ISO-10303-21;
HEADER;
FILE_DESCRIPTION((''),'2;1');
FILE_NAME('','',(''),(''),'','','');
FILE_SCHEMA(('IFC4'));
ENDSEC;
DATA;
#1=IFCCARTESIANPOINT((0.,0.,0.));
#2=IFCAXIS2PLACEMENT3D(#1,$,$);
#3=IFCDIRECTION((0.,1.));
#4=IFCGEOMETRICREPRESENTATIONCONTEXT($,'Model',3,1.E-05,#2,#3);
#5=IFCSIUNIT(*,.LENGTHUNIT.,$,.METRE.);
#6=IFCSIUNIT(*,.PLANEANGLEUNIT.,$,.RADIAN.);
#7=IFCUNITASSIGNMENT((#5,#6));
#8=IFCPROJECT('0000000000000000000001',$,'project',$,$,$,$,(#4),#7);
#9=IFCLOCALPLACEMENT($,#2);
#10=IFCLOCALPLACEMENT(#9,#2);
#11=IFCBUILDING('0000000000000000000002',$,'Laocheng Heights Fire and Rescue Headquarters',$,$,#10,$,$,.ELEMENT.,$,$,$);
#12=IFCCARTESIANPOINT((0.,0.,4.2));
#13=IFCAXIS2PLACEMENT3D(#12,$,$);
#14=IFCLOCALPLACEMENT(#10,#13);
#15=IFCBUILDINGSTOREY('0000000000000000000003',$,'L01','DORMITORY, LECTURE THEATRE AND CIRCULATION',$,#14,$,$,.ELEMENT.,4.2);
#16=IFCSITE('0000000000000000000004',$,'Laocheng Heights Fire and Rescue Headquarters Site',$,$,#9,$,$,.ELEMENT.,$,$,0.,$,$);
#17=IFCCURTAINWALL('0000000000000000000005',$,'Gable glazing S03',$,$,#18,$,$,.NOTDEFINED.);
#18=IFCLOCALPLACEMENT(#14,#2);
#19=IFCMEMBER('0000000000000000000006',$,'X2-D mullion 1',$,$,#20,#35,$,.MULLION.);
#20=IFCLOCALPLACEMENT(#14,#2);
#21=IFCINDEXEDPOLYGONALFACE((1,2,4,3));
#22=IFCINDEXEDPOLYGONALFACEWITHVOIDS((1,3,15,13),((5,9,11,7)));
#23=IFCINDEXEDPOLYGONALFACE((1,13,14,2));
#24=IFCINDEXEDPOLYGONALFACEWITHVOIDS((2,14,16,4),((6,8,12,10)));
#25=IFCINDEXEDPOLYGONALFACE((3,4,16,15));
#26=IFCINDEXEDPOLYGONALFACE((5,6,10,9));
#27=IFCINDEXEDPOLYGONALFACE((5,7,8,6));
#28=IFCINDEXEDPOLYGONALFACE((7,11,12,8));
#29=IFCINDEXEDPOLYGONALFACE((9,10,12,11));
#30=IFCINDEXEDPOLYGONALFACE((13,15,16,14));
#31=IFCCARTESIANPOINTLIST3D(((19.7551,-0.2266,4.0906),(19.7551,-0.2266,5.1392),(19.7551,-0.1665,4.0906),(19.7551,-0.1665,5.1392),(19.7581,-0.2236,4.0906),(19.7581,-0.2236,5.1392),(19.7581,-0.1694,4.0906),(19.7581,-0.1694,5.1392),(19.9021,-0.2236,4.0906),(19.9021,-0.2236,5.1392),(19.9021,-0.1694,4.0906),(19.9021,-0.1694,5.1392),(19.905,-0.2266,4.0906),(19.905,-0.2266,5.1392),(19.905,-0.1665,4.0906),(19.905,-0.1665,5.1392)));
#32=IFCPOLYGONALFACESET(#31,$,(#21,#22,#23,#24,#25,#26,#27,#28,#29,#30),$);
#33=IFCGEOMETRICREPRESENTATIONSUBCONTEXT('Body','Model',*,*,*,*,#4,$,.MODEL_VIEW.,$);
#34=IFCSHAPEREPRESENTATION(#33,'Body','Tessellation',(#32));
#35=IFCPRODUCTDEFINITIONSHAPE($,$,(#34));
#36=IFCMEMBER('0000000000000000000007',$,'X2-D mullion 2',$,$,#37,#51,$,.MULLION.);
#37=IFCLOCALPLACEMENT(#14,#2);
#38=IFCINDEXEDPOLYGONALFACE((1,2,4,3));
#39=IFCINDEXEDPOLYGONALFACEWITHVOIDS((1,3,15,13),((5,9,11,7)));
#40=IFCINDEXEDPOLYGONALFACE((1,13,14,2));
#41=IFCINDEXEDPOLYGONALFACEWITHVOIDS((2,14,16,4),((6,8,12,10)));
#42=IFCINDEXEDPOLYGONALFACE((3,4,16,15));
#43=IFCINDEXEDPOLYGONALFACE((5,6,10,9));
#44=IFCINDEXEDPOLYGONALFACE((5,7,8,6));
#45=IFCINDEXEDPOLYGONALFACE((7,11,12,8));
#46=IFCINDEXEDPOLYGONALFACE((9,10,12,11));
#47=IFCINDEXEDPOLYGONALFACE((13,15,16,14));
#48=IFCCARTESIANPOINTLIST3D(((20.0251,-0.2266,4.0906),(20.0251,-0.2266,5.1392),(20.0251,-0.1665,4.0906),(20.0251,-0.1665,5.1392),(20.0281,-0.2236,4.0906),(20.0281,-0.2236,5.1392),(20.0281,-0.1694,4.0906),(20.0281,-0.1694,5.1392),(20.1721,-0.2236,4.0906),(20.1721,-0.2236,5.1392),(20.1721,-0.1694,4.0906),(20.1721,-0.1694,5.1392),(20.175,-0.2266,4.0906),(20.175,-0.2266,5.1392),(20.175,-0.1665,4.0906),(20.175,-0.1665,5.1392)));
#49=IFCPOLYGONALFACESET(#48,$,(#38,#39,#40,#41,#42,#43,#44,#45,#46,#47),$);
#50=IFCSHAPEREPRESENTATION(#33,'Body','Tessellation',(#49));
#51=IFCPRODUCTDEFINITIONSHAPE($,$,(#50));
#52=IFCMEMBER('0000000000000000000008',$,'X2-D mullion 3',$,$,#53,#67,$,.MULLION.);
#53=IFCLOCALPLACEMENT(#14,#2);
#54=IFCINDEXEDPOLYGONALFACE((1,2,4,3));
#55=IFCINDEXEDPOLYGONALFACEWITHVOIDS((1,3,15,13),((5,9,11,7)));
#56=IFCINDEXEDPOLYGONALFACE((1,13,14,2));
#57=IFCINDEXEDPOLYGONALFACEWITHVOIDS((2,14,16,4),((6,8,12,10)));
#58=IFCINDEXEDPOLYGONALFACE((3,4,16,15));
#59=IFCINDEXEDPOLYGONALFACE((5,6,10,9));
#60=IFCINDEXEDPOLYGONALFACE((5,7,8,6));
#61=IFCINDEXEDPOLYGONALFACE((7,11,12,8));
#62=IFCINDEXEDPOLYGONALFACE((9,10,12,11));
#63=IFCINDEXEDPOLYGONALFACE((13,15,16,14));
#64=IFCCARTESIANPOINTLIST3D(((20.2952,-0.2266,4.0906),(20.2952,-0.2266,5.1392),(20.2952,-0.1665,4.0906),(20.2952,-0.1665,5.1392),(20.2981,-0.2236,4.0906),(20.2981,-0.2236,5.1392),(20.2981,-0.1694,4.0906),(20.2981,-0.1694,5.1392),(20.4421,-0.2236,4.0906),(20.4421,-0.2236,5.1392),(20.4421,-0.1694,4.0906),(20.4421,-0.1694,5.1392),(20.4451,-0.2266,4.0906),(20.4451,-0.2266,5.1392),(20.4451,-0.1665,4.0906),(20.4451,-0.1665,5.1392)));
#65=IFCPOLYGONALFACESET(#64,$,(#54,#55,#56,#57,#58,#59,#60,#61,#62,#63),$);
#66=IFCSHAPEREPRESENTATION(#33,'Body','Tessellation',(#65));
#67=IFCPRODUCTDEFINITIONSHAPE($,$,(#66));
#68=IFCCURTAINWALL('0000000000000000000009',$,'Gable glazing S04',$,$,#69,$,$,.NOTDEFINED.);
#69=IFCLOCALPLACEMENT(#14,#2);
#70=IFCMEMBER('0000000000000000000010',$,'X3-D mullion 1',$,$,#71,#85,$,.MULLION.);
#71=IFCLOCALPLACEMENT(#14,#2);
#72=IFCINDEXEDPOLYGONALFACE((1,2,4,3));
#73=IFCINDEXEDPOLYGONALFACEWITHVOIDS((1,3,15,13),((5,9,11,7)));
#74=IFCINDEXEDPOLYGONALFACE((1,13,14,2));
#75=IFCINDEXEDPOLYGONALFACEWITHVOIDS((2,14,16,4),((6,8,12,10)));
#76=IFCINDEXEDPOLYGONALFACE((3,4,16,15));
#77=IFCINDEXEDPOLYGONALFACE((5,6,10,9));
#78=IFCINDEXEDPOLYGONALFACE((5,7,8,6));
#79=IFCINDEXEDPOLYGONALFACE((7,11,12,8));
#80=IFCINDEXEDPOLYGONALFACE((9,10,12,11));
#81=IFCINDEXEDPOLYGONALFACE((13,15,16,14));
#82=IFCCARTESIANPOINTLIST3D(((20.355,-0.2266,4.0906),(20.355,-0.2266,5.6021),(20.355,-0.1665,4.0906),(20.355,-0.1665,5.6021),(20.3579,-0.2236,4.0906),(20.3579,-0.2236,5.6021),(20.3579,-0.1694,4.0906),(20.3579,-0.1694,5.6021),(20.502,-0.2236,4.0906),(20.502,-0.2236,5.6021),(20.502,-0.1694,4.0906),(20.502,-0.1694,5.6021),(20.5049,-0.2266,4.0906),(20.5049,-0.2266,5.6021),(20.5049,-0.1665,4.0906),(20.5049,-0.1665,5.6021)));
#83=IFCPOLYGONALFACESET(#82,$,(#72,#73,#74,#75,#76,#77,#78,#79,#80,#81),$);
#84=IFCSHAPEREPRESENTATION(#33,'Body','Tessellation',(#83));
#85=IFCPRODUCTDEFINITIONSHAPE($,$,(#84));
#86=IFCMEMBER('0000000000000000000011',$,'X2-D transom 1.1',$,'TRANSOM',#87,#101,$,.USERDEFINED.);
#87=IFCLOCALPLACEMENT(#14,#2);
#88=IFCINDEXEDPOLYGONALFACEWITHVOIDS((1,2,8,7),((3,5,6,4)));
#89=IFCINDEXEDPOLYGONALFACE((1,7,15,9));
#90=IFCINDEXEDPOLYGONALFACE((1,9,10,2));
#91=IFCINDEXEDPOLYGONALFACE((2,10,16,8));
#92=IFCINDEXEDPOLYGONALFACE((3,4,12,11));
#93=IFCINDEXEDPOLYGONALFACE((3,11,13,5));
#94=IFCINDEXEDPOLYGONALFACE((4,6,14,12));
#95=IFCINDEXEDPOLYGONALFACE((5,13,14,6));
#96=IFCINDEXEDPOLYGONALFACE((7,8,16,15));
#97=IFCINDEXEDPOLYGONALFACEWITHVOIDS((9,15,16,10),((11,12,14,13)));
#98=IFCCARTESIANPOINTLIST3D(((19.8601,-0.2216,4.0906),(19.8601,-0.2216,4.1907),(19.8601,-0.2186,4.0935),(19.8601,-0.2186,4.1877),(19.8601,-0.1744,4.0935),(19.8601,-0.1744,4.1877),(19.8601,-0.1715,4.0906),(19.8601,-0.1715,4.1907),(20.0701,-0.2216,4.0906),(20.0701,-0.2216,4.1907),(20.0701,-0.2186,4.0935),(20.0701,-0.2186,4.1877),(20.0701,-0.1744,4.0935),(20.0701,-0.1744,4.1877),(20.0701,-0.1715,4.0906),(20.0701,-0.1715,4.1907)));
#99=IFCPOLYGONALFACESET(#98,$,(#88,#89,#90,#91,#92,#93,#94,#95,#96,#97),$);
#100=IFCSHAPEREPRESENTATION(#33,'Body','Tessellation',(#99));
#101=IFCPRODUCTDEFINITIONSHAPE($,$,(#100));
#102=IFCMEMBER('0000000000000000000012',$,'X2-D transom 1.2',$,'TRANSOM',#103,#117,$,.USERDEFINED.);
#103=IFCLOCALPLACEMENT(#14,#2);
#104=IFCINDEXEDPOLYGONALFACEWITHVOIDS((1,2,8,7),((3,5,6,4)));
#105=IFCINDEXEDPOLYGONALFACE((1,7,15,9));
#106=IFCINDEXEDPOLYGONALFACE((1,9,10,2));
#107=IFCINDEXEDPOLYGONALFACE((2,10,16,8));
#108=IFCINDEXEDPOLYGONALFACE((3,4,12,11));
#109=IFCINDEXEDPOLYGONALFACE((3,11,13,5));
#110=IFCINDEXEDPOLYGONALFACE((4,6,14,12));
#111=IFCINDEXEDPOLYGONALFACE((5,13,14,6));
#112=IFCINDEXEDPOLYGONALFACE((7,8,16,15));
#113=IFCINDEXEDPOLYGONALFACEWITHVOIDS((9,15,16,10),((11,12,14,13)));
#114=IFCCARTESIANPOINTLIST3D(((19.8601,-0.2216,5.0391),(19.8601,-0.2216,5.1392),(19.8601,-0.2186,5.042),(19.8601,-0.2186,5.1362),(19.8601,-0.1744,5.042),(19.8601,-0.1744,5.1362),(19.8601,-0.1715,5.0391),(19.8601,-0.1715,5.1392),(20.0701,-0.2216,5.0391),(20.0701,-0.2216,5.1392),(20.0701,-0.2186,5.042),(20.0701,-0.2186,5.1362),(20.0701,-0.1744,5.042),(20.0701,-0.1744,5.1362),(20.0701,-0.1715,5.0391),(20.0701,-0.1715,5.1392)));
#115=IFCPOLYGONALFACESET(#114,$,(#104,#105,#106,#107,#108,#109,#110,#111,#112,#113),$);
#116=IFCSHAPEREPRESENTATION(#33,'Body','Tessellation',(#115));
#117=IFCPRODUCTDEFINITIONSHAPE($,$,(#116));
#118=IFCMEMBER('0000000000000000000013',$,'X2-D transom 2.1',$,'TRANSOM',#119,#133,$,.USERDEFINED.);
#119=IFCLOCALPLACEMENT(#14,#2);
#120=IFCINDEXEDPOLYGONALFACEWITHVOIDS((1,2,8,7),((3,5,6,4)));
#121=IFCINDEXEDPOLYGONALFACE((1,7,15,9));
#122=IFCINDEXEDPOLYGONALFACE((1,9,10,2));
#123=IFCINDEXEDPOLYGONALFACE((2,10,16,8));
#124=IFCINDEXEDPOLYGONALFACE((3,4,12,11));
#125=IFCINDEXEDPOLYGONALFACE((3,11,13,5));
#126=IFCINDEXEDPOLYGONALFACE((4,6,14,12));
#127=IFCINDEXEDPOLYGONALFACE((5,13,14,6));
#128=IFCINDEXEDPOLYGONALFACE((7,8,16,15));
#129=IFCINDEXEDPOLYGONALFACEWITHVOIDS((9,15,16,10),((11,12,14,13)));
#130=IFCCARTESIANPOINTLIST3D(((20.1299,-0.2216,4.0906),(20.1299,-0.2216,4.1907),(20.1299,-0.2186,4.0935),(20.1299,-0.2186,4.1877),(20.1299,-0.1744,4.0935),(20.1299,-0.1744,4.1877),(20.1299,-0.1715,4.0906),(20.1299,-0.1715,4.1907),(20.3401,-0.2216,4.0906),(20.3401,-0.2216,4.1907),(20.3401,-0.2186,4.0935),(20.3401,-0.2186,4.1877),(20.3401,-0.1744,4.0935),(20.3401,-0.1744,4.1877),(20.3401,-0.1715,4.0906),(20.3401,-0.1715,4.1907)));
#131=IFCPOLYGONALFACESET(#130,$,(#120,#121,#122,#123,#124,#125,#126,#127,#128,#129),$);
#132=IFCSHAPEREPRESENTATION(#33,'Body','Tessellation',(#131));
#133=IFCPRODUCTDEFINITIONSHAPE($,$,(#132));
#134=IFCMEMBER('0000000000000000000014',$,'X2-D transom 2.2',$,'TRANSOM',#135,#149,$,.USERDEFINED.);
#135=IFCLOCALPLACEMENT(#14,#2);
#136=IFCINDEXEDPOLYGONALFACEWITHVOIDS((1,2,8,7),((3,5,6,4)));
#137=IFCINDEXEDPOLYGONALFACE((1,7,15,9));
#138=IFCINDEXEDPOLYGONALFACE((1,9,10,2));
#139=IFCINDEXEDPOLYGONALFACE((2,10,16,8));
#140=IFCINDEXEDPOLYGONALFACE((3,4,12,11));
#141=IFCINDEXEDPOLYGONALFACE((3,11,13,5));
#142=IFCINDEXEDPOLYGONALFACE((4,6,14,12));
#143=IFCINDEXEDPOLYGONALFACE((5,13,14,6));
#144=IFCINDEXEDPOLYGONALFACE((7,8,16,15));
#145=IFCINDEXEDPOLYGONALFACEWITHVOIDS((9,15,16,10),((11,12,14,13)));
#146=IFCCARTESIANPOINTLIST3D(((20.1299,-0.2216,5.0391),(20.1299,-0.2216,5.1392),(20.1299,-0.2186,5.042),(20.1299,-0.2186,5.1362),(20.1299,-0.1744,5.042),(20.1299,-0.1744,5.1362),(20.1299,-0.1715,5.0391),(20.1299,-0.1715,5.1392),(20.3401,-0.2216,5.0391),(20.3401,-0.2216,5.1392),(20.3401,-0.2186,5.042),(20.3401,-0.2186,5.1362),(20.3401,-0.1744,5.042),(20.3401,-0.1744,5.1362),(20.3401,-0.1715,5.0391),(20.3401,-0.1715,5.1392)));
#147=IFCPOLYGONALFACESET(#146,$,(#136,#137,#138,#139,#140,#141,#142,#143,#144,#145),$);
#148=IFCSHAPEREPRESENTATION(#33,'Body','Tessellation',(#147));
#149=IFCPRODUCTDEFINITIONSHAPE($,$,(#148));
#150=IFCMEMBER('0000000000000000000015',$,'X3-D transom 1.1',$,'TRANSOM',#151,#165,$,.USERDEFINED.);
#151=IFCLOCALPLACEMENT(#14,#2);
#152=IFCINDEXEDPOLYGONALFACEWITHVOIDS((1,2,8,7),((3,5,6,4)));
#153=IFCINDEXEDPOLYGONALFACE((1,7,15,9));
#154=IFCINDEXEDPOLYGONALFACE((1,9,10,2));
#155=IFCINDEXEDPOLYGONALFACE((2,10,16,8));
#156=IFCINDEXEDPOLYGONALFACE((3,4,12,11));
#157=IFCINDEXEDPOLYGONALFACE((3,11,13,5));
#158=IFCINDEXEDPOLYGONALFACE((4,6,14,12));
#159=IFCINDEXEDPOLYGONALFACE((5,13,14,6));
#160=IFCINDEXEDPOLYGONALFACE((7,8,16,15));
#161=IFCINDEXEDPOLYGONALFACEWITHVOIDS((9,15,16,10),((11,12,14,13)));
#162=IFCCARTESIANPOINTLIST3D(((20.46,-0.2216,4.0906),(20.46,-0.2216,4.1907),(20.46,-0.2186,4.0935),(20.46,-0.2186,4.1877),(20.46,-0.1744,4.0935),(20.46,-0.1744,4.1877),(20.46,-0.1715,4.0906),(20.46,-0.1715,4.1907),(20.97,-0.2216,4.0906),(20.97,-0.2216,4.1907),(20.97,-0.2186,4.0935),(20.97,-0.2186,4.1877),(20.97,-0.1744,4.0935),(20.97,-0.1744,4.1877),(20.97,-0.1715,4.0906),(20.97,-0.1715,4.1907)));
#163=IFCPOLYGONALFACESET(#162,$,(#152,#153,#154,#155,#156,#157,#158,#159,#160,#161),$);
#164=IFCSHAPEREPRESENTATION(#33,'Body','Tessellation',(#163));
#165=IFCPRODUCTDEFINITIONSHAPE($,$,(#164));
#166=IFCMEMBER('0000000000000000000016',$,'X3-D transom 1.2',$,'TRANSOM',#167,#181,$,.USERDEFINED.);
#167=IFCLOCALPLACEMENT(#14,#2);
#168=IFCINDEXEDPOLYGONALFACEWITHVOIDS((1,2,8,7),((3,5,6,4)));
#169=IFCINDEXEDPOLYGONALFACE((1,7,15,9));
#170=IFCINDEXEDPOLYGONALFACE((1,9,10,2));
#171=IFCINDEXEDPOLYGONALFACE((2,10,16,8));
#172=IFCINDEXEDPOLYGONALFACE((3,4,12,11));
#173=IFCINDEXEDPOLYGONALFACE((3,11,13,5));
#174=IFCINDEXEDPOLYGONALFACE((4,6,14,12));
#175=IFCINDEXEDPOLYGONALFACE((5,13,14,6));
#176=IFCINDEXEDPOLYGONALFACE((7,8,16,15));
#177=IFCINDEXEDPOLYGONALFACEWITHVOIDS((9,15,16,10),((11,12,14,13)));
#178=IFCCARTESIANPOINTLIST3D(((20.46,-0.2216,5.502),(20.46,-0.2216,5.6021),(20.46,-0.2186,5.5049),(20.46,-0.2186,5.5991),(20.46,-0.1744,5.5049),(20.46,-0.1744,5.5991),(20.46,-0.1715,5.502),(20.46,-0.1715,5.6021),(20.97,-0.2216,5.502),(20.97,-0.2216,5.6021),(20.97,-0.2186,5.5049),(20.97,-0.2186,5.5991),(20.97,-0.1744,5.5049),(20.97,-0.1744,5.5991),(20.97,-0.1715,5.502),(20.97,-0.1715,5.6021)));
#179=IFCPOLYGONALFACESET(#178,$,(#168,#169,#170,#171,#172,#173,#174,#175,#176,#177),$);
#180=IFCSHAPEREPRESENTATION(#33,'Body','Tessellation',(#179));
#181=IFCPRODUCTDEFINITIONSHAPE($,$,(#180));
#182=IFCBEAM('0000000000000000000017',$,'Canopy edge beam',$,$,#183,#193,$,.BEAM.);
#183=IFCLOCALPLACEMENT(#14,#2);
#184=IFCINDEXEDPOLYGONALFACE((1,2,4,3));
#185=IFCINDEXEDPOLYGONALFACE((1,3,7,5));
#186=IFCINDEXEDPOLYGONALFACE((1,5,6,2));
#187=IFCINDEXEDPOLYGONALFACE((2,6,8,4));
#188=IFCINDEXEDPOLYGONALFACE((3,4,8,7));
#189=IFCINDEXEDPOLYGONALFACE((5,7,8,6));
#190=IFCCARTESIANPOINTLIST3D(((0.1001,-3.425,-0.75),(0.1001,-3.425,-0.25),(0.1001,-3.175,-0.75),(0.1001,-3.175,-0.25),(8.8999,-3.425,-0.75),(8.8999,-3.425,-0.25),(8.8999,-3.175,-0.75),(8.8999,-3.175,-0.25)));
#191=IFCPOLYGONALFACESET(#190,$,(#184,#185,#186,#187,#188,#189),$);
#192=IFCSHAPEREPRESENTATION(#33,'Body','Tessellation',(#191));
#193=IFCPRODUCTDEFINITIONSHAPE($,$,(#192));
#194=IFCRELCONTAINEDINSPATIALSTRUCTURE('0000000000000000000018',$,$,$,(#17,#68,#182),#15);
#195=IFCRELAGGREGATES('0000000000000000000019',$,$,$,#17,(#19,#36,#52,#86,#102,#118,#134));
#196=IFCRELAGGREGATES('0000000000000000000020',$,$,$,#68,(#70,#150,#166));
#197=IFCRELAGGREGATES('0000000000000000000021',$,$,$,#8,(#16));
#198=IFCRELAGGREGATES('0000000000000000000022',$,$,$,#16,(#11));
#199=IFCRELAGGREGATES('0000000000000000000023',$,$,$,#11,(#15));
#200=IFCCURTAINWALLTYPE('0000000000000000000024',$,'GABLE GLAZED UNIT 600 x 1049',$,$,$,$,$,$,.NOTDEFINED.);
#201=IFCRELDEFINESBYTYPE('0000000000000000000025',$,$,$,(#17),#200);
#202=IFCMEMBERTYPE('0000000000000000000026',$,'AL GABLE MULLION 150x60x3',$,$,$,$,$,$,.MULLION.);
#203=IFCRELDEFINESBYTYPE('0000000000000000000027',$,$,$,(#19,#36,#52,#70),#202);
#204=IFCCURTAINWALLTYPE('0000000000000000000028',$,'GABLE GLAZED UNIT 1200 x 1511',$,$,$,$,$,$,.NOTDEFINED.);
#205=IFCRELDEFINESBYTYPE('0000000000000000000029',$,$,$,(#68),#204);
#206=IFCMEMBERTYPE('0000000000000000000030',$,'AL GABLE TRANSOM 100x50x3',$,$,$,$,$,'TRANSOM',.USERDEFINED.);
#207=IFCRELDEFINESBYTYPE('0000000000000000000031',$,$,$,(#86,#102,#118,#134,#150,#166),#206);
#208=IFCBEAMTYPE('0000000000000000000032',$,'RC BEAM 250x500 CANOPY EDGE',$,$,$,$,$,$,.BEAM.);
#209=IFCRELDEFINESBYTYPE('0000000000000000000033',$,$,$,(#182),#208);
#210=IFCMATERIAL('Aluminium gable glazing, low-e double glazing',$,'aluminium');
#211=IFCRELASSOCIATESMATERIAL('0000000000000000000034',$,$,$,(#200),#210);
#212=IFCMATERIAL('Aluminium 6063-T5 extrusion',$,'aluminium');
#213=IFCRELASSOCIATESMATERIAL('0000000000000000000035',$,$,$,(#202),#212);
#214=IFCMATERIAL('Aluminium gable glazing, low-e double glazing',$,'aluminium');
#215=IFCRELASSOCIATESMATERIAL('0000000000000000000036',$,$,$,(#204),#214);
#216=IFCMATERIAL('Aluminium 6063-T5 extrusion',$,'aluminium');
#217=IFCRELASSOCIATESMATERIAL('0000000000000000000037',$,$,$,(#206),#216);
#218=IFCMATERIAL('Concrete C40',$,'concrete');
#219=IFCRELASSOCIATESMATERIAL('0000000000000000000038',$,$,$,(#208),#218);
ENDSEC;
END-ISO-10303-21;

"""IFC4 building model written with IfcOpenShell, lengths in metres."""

from ifc_helpers import new_model, si_unit, direction, frame, origin, origin_2d, place, context, subcontext, project, spatial, rectangle, hollow_rectangle, extrude, material, material_profile, profile_set, type_object, element, aggregate, save


model = new_model("IFC4")

# Units and contexts
model_context = context("Model", 3, precision=1e-05, world=origin(), true_north=direction((0.0, 1.0)))
body_context = subcontext(model_context, "Body", "Model", "MODEL_VIEW")
ifc_project = project(units=[si_unit("LENGTHUNIT", "METRE"), si_unit("PLANEANGLEUNIT", "RADIAN")], contexts=[model_context])

# Site, building, storey
site_placement = place(None, origin())
site = spatial("IfcSite", under=ifc_project, at=site_placement, Name="Laocheng Heights Fire and Rescue Headquarters Site", CompositionType="ELEMENT", RefElevation=0.0)
building_placement = place(site_placement, origin())
building = spatial("IfcBuilding", under=site, at=building_placement, Name="Laocheng Heights Fire and Rescue Headquarters", CompositionType="ELEMENT")
storey_placement = place(building_placement, frame((0.0, 0.0, 4.2)))
storey = spatial("IfcBuildingStorey", under=building, at=storey_placement, Name="L01", Description="DORMITORY, LECTURE THEATRE AND CIRCULATION", CompositionType="ELEMENT", Elevation=4.2)

# Curtain wall, members
ifc_material_1 = material(Name="Aluminium gable glazing, low-e double glazing", Category="aluminium")
curtain_wall_type_1 = type_object("IfcCurtainWallType", Name="GABLE GLAZED UNIT 600 x 1049", PredefinedType="NOTDEFINED", material=ifc_material_1)
curtain_wall_1_placement = place(storey_placement, origin())
curtain_wall_1 = element("IfcCurtainWall", 1, at=curtain_wall_1_placement, inside=storey, type_object=curtain_wall_type_1, Name="Gable glazing S03", PredefinedType="NOTDEFINED")
ifc_material_2 = material(Name="Aluminium 6063-T5 extrusion", Category="aluminium")
ifc_material_profile_1 = material_profile(ifc_material_2, hollow_rectangle(XDim=0.0601, YDim=0.1499, WallThickness=0.0029, at=origin_2d()), Name="AL MULLION 150x60x3")
ifc_profile_set_1 = profile_set([ifc_material_profile_1], Name="Aluminium 6063-T5 extrusion")
member_type_1 = type_object("IfcMemberType", Name="AL GABLE MULLION 150x60x3", PredefinedType="MULLION", material=ifc_profile_set_1)
member_1_placement = place(storey_placement, frame((19.8301, -0.1965, 4.0906), z_axis=(0.0, 0.0, 1.0), x_axis=(0.0, 1.0, 0.0)))
member_1 = element("IfcMember", 2, at=member_1_placement, type_object=member_type_1, Name="X2-D mullion 1", PredefinedType="MULLION", context=body_context, shape_type="SweptSolid", body=[
    extrude(hollow_rectangle(XDim=0.0601, YDim=0.1499, WallThickness=0.0029, at=origin_2d()), origin(), (0.0, 0.0, 1.0), 1.0486),
])
member_2_placement = place(storey_placement, frame((20.1001, -0.1965, 4.0906), z_axis=(0.0, 0.0, 1.0), x_axis=(0.0, 1.0, 0.0)))
member_2 = element("IfcMember", 3, at=member_2_placement, type_object=member_type_1, Name="X2-D mullion 2", PredefinedType="MULLION", context=body_context, shape_type="SweptSolid", body=[
    extrude(hollow_rectangle(XDim=0.0601, YDim=0.1499, WallThickness=0.0029, at=origin_2d()), origin(), (0.0, 0.0, 1.0), 1.0486),
])
member_3_placement = place(storey_placement, frame((20.3701, -0.1965, 4.0906), z_axis=(0.0, 0.0, 1.0), x_axis=(0.0, 1.0, 0.0)))
member_3 = element("IfcMember", 4, at=member_3_placement, type_object=member_type_1, Name="X2-D mullion 3", PredefinedType="MULLION", context=body_context, shape_type="SweptSolid", body=[
    extrude(hollow_rectangle(XDim=0.0601, YDim=0.1499, WallThickness=0.0029, at=origin_2d()), origin(), (0.0, 0.0, 1.0), 1.0486),
])

# Curtain wall, member
ifc_material_3 = material(Name="Aluminium gable glazing, low-e double glazing", Category="aluminium")
curtain_wall_type_2 = type_object("IfcCurtainWallType", Name="GABLE GLAZED UNIT 1200 x 1511", PredefinedType="NOTDEFINED", material=ifc_material_3)
curtain_wall_2_placement = place(storey_placement, origin())
curtain_wall_2 = element("IfcCurtainWall", 5, at=curtain_wall_2_placement, inside=storey, type_object=curtain_wall_type_2, Name="Gable glazing S04", PredefinedType="NOTDEFINED")
member_4_placement = place(storey_placement, frame((20.4299, -0.1965, 4.0906), z_axis=(0.0, 0.0, 1.0), x_axis=(0.0, 1.0, 0.0)))
member_4 = element("IfcMember", 6, at=member_4_placement, type_object=member_type_1, Name="X3-D mullion 1", PredefinedType="MULLION", context=body_context, shape_type="SweptSolid", body=[
    extrude(hollow_rectangle(XDim=0.0601, YDim=0.1499, WallThickness=0.0029, at=origin_2d()), origin(), (0.0, 0.0, 1.0), 1.5115),
])

# Members
ifc_material_4 = material(Name="Aluminium 6063-T5 extrusion", Category="aluminium")
ifc_material_profile_2 = material_profile(ifc_material_4, hollow_rectangle(XDim=0.05, YDim=0.1001, WallThickness=0.0029, at=origin_2d()), Name="AL TRANSOM 100x50x3")
ifc_profile_set_2 = profile_set([ifc_material_profile_2], Name="Aluminium 6063-T5 extrusion")
member_type_2 = type_object("IfcMemberType", Name="AL GABLE TRANSOM 100x50x3", ElementType="TRANSOM", PredefinedType="USERDEFINED", material=ifc_profile_set_2)
member_5_placement = place(storey_placement, frame((19.8601, -0.1965, 4.1406), z_axis=(1.0, 0.0, 0.0), x_axis=(0.0, 1.0, 0.0)))
member_5 = element("IfcMember", 7, at=member_5_placement, type_object=member_type_2, Name="X2-D transom 1.1", ObjectType="TRANSOM", PredefinedType="USERDEFINED", context=body_context, shape_type="SweptSolid", body=[
    extrude(hollow_rectangle(XDim=0.05, YDim=0.1001, WallThickness=0.0029, at=origin_2d()), origin(), (0.0, 0.0, 1.0), 0.21),
])
member_6_placement = place(storey_placement, frame((19.8601, -0.1965, 5.0891), z_axis=(1.0, 0.0, 0.0), x_axis=(0.0, 1.0, 0.0)))
member_6 = element("IfcMember", 8, at=member_6_placement, type_object=member_type_2, Name="X2-D transom 1.2", ObjectType="TRANSOM", PredefinedType="USERDEFINED", context=body_context, shape_type="SweptSolid", body=[
    extrude(hollow_rectangle(XDim=0.05, YDim=0.1001, WallThickness=0.0029, at=origin_2d()), origin(), (0.0, 0.0, 1.0), 0.21),
])
member_7_placement = place(storey_placement, frame((20.1299, -0.1965, 4.1406), z_axis=(1.0, 0.0, 0.0), x_axis=(0.0, 1.0, 0.0)))
member_7 = element("IfcMember", 9, at=member_7_placement, type_object=member_type_2, Name="X2-D transom 2.1", ObjectType="TRANSOM", PredefinedType="USERDEFINED", context=body_context, shape_type="SweptSolid", body=[
    extrude(hollow_rectangle(XDim=0.05, YDim=0.1001, WallThickness=0.0029, at=origin_2d()), origin(), (0.0, 0.0, 1.0), 0.2102),
])
member_8_placement = place(storey_placement, frame((20.1299, -0.1965, 5.0891), z_axis=(1.0, 0.0, 0.0), x_axis=(0.0, 1.0, 0.0)))
member_8 = element("IfcMember", 10, at=member_8_placement, type_object=member_type_2, Name="X2-D transom 2.2", ObjectType="TRANSOM", PredefinedType="USERDEFINED", context=body_context, shape_type="SweptSolid", body=[
    extrude(hollow_rectangle(XDim=0.05, YDim=0.1001, WallThickness=0.0029, at=origin_2d()), origin(), (0.0, 0.0, 1.0), 0.2102),
])
member_9_placement = place(storey_placement, frame((20.46, -0.1965, 4.1406), z_axis=(1.0, 0.0, 0.0), x_axis=(0.0, 1.0, 0.0)))
member_9 = element("IfcMember", 11, at=member_9_placement, type_object=member_type_2, Name="X3-D transom 1.1", ObjectType="TRANSOM", PredefinedType="USERDEFINED", context=body_context, shape_type="SweptSolid", body=[
    extrude(hollow_rectangle(XDim=0.05, YDim=0.1001, WallThickness=0.0029, at=origin_2d()), origin(), (0.0, 0.0, 1.0), 0.51),
])
member_10_placement = place(storey_placement, frame((20.46, -0.1965, 5.552), z_axis=(1.0, 0.0, 0.0), x_axis=(0.0, 1.0, 0.0)))
member_10 = element("IfcMember", 12, at=member_10_placement, type_object=member_type_2, Name="X3-D transom 1.2", ObjectType="TRANSOM", PredefinedType="USERDEFINED", context=body_context, shape_type="SweptSolid", body=[
    extrude(hollow_rectangle(XDim=0.05, YDim=0.1001, WallThickness=0.0029, at=origin_2d()), origin(), (0.0, 0.0, 1.0), 0.51),
])

# Beam
ifc_material_5 = material(Name="Concrete C40", Category="concrete")
ifc_material_profile_3 = material_profile(ifc_material_5, rectangle(XDim=0.25, YDim=0.5, at=origin_2d()), Name="RC BEAM 250x500 CANOPY EDGE")
ifc_profile_set_3 = profile_set([ifc_material_profile_3], Name="Concrete C40")
beam_type = type_object("IfcBeamType", Name="RC BEAM 250x500 CANOPY EDGE", PredefinedType="BEAM", material=ifc_profile_set_3)
for number, where, z_axis, x_axis, name in (
    (13, (0.1001, -3.3, -0.5), (1.0, 0.0, 0.0), (0.0, 1.0, 0.0), "Canopy edge beam"),
):
    element("IfcBeam", number, at=place(storey_placement, frame(where, z_axis=z_axis, x_axis=x_axis)), inside=storey, type_object=beam_type, Name=name, PredefinedType="BEAM", context=body_context, shape_type="SweptSolid", body=[
        extrude(rectangle(XDim=0.25, YDim=0.5, at=origin_2d()), origin(), (0.0, 0.0, 1.0), 8.7998),
    ])

aggregate(curtain_wall_1, [member_1, member_2, member_3, member_5, member_6, member_7, member_8])
aggregate(curtain_wall_2, [member_4, member_9, member_10])

save(model, "model.ifc")
